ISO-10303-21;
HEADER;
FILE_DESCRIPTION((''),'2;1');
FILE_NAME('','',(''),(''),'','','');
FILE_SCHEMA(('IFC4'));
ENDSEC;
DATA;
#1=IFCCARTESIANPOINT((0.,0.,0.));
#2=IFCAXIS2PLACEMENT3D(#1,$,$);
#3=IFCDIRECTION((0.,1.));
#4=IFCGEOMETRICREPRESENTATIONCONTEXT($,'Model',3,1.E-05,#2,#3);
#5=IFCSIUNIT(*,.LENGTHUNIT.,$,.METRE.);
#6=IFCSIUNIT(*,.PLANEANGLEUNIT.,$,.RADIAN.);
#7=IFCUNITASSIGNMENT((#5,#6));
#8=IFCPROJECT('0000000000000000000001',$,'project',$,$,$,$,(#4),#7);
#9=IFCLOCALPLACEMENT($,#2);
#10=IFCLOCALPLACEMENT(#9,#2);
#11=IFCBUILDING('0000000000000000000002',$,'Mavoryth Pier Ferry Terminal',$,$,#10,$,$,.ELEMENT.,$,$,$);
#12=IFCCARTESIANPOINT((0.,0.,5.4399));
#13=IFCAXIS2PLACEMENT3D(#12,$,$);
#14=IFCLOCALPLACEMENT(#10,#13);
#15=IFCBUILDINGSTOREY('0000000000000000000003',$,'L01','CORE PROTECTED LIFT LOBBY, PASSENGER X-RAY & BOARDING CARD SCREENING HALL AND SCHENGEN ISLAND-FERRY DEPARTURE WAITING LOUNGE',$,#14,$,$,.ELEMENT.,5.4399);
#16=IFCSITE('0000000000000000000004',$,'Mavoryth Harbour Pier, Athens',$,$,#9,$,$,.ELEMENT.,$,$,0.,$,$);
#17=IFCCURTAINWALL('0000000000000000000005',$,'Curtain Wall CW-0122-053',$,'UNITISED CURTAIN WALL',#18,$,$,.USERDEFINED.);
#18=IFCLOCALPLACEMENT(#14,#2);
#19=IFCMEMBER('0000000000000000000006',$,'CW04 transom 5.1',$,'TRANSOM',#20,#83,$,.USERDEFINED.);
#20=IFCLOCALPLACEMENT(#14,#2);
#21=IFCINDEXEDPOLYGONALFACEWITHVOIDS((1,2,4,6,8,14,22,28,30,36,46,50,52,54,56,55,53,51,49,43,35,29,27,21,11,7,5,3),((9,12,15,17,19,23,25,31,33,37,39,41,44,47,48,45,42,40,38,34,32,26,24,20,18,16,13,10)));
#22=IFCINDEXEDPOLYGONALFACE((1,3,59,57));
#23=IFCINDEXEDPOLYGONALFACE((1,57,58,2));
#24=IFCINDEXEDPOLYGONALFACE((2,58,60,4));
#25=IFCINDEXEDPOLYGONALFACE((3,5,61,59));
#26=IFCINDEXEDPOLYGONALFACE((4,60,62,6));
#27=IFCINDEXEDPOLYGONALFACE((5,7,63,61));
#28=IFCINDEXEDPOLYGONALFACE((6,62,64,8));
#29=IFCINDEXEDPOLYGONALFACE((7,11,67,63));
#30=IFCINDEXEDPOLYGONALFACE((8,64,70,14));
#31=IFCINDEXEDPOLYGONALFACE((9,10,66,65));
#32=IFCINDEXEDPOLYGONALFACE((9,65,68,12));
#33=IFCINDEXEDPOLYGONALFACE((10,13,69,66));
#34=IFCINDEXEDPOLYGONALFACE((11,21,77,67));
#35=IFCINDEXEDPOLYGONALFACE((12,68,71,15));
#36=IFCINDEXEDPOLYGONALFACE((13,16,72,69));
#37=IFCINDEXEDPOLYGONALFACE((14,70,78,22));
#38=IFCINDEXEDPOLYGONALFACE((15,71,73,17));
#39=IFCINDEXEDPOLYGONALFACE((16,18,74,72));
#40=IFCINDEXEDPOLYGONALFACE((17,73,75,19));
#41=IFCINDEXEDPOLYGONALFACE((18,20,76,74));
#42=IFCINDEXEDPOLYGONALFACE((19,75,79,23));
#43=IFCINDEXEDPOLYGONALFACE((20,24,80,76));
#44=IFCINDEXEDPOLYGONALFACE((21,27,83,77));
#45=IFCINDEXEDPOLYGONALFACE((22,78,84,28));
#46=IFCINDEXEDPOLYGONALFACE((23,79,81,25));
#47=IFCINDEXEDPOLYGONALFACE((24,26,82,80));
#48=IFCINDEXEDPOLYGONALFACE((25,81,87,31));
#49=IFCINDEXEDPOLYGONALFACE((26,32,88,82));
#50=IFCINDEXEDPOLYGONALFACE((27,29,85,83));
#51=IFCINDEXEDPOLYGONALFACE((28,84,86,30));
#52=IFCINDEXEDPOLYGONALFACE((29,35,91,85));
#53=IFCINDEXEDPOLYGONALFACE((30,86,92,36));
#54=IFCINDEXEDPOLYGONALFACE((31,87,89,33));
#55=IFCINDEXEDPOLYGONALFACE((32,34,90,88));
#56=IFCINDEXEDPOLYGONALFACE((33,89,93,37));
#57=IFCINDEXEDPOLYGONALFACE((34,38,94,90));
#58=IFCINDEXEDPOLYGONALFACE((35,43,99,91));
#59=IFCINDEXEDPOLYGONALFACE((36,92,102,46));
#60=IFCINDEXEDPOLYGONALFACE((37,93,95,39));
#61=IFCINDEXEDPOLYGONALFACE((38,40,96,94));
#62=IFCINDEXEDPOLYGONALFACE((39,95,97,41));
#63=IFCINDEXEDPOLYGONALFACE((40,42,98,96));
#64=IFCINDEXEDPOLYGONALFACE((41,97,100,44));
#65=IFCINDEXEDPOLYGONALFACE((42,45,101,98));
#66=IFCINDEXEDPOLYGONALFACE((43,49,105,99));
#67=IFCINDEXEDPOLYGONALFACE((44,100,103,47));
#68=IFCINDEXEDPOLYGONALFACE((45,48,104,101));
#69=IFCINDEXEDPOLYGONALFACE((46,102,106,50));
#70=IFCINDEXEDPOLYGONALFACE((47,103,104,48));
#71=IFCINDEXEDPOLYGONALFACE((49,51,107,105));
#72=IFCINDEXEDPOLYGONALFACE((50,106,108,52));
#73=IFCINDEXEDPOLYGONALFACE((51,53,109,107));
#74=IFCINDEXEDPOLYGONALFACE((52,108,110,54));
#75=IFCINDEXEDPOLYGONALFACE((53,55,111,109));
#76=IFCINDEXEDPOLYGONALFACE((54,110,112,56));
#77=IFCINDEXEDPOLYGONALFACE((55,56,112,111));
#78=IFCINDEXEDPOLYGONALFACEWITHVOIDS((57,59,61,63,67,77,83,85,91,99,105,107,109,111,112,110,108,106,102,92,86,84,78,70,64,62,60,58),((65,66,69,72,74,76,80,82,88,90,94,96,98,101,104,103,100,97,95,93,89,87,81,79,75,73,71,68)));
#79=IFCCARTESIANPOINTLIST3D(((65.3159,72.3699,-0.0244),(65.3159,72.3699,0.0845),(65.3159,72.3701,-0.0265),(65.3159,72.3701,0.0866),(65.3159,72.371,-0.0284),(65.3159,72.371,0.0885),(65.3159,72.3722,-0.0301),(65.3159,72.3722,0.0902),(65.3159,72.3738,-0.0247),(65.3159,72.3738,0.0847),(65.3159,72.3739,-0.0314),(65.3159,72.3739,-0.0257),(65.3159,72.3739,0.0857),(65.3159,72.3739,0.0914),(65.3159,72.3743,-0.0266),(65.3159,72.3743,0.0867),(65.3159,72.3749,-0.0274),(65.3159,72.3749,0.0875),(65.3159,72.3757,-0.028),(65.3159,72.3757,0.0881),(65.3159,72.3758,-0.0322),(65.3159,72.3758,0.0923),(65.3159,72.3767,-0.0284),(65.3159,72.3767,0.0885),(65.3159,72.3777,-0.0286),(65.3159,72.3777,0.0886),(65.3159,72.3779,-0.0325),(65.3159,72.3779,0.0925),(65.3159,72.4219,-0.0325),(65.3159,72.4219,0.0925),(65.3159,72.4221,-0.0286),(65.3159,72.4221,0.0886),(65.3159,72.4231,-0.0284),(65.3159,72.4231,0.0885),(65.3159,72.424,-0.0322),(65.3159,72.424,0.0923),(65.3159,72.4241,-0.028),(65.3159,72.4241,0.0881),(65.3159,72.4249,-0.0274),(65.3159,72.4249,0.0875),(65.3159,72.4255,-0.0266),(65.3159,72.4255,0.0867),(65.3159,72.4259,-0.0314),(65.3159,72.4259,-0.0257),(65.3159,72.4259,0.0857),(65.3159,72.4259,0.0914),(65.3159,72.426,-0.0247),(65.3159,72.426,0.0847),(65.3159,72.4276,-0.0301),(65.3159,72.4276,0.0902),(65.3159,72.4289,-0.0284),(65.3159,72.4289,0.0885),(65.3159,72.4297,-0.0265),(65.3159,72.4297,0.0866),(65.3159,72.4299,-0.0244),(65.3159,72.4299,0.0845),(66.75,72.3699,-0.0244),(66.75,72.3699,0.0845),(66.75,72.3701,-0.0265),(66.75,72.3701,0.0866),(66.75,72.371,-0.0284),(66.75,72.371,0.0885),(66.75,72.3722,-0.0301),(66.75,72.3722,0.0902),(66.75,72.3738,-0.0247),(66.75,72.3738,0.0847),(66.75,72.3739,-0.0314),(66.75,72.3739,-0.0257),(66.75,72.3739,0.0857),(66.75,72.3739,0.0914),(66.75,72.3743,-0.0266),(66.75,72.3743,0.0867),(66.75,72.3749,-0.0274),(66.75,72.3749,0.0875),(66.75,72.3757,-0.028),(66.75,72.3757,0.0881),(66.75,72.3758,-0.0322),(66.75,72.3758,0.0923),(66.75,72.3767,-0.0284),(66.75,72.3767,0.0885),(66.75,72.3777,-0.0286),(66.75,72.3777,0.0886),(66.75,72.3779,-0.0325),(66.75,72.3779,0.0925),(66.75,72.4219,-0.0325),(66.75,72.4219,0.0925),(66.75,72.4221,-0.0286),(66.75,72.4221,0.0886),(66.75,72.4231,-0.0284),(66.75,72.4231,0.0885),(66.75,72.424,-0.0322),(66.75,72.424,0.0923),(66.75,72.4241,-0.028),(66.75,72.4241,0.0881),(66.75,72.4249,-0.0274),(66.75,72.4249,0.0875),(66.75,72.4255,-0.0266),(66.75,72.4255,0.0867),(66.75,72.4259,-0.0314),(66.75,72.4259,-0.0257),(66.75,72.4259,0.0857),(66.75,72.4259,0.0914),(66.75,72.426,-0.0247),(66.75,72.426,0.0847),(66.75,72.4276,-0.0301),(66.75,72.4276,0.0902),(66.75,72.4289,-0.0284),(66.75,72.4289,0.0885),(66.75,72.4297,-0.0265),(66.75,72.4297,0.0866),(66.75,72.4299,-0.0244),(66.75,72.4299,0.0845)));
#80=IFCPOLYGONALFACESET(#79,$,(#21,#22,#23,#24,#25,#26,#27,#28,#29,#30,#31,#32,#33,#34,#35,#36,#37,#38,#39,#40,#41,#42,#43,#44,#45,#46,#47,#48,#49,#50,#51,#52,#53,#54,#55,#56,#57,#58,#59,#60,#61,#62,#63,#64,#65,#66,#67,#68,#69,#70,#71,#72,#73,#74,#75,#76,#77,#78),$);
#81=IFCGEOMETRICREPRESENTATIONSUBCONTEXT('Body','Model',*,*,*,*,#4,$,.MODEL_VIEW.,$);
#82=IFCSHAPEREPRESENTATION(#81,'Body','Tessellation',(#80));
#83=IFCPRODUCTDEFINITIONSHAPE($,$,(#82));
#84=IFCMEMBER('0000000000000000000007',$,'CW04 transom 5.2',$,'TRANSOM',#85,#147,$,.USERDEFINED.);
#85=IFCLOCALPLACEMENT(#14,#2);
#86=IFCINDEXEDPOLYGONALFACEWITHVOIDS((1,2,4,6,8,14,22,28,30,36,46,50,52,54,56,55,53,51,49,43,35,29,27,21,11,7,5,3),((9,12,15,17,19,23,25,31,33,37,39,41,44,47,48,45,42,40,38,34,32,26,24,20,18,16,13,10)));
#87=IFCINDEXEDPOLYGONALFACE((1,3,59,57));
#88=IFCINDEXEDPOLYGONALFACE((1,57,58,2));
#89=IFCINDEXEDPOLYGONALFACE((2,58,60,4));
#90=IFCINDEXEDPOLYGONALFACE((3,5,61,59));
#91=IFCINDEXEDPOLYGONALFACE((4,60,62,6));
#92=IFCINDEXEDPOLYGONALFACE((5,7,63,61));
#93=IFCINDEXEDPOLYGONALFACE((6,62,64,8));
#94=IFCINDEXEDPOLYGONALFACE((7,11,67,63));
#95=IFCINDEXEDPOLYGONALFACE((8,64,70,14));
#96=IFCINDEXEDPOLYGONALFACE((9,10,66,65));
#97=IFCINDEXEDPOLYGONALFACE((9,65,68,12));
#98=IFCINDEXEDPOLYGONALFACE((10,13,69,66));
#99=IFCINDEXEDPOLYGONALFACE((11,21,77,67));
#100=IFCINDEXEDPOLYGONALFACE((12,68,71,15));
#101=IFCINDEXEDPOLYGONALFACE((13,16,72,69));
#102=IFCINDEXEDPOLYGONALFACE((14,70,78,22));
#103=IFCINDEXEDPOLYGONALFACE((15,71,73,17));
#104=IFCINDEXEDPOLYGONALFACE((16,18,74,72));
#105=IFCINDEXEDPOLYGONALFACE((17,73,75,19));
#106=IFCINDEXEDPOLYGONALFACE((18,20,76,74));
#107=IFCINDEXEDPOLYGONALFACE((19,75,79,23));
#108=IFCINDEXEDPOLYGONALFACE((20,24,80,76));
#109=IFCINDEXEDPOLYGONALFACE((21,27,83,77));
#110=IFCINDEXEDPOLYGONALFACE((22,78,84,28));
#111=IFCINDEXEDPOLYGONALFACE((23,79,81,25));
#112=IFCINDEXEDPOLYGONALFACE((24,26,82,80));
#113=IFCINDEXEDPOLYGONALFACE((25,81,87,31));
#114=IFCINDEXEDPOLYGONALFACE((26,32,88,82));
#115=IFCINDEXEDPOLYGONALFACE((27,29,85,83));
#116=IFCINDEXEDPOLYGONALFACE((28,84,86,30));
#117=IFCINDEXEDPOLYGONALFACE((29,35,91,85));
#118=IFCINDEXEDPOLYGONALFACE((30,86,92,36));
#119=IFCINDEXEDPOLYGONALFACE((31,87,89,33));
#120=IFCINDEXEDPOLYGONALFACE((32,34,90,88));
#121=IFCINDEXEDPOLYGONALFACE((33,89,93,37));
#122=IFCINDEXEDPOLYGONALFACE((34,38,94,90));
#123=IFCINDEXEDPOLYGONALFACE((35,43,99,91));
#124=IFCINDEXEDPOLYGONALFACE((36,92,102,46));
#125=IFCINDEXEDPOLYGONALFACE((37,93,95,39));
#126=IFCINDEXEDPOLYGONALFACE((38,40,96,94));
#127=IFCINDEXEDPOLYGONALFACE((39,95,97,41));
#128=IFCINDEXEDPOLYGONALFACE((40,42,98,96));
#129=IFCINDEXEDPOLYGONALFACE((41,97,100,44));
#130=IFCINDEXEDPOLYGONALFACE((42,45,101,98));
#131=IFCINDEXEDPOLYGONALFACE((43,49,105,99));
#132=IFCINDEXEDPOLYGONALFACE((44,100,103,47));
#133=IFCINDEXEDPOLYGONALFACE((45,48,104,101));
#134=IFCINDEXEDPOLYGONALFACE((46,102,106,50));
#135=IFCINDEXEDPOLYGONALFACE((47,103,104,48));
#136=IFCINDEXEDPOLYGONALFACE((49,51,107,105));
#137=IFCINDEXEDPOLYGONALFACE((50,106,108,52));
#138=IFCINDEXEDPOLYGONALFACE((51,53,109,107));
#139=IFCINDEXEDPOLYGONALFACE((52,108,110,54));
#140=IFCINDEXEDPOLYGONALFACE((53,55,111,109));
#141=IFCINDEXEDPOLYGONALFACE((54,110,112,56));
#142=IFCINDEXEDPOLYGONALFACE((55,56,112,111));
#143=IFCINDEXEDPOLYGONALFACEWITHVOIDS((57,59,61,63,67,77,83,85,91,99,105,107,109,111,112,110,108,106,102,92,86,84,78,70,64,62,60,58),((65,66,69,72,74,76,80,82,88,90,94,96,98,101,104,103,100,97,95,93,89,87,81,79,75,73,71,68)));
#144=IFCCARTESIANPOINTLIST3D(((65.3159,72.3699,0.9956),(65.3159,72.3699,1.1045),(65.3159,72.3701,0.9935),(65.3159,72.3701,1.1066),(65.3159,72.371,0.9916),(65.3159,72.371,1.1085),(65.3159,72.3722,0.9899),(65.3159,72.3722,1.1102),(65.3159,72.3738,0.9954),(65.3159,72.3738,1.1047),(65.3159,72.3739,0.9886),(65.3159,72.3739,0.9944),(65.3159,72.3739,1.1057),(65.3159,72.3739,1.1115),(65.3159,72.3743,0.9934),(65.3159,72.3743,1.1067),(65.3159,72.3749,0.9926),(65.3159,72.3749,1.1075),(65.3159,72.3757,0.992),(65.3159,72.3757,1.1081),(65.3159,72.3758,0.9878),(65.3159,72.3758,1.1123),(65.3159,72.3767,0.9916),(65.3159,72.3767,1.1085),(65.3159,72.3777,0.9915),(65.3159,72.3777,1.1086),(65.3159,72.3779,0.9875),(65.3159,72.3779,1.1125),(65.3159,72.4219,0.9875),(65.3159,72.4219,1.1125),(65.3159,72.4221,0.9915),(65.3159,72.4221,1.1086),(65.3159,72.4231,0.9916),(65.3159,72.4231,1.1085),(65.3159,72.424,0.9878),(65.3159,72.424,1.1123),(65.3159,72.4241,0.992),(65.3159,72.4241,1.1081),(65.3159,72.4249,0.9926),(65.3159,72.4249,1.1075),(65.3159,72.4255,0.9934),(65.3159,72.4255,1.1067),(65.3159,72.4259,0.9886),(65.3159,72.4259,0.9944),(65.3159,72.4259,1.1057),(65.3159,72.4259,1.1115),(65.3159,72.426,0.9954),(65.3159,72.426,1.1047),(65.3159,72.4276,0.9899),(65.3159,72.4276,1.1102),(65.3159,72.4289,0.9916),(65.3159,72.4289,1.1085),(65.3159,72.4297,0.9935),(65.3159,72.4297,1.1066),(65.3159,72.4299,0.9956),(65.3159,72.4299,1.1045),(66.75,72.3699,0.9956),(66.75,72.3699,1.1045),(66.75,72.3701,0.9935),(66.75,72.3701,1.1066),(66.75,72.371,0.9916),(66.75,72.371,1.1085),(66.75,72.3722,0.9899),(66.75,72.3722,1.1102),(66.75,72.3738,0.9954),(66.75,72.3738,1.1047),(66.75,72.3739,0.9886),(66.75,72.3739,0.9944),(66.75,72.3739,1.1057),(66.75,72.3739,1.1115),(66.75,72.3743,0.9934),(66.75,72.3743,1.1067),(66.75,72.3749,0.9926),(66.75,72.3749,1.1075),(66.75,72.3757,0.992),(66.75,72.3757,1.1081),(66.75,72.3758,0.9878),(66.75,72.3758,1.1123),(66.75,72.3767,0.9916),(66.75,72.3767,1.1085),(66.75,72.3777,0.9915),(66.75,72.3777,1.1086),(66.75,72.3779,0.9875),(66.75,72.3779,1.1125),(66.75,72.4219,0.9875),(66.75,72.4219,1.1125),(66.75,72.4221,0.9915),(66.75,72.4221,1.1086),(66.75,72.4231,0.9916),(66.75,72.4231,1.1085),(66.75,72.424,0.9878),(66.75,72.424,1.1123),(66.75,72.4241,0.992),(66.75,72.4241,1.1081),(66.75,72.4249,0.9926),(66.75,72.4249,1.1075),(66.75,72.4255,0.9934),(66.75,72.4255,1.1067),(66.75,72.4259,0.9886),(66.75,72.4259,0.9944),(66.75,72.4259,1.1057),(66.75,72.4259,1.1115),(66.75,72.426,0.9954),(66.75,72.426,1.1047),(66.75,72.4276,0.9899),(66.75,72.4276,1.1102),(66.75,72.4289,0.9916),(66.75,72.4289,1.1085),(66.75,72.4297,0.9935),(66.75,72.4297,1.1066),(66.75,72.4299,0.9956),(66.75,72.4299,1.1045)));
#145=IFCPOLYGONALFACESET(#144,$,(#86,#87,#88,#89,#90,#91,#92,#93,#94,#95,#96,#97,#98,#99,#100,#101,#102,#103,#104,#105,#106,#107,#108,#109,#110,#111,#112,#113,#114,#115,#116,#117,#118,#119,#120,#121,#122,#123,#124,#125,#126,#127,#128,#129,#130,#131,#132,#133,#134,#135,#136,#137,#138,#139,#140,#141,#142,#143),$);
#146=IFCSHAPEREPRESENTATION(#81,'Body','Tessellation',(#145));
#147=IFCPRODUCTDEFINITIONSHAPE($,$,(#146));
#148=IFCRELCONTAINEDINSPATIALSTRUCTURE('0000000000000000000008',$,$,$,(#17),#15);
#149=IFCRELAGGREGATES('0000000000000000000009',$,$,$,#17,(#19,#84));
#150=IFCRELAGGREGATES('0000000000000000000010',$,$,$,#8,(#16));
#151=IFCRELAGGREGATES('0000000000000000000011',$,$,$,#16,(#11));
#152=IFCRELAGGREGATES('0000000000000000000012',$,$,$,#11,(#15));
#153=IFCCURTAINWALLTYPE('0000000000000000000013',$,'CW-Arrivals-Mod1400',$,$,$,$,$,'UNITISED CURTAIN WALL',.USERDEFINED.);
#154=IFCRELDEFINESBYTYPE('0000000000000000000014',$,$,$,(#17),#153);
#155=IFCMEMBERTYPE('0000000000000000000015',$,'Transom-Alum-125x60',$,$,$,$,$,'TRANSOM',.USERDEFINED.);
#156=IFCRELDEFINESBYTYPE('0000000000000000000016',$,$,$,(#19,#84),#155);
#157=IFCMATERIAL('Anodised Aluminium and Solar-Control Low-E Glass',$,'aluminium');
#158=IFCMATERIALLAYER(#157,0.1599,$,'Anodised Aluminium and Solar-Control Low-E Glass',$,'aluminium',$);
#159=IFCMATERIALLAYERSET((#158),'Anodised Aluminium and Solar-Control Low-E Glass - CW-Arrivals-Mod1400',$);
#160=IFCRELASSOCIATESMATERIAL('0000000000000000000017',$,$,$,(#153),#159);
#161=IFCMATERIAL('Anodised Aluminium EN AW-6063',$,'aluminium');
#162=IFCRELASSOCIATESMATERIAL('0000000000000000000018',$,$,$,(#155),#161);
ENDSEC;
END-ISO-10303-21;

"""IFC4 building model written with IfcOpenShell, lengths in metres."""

from ifc_helpers import new_model, si_unit, direction, frame, origin, origin_2d, place, context, subcontext, project, spatial, hollow_rectangle, extrude, material, layer, layer_set, material_profile, profile_set, type_object, element, aggregate, save


model = new_model("IFC4")

# Units and contexts
model_context = context("Model", 3, precision=1e-05, world=origin(), true_north=direction((0.0, 1.0)))
body_context = subcontext(model_context, "Body", "Model", "MODEL_VIEW")
ifc_project = project(units=[si_unit("LENGTHUNIT", "METRE"), si_unit("PLANEANGLEUNIT", "RADIAN")], contexts=[model_context])

# Site, building, storey
site_placement = place(None, origin())
site = spatial("IfcSite", under=ifc_project, at=site_placement, Name="Mavoryth Harbour Pier, Athens", CompositionType="ELEMENT", RefElevation=0.0)
building_placement = place(site_placement, origin())
building = spatial("IfcBuilding", under=site, at=building_placement, Name="Mavoryth Pier Ferry Terminal", CompositionType="ELEMENT")
storey_placement = place(building_placement, frame((0.0, 0.0, 5.4399)))
storey = spatial("IfcBuildingStorey", under=building, at=storey_placement, Name="L01", Description="CORE PROTECTED LIFT LOBBY, PASSENGER X-RAY & BOARDING CARD SCREENING HALL AND SCHENGEN ISLAND-FERRY DEPARTURE WAITING LOUNGE", CompositionType="ELEMENT", Elevation=5.4399)

# Curtain wall
ifc_material_1 = material(Name="Anodised Aluminium and Solar-Control Low-E Glass", Category="aluminium")
ifc_layer_1 = layer(ifc_material_1, 0.1599, Name="Anodised Aluminium and Solar-Control Low-E Glass", Category="aluminium")
ifc_layer_set_1 = layer_set([ifc_layer_1], Name="Anodised Aluminium and Solar-Control Low-E Glass - CW-Arrivals-Mod1400")
curtain_wall_type_1 = type_object("IfcCurtainWallType", Name="CW-Arrivals-Mod1400", ElementType="UNITISED CURTAIN WALL", PredefinedType="USERDEFINED", material=ifc_layer_set_1)
curtain_wall_1_placement = place(storey_placement, origin())
curtain_wall_1 = element("IfcCurtainWall", 1, at=curtain_wall_1_placement, inside=storey, type_object=curtain_wall_type_1, Name="Curtain Wall CW-0122-053", ObjectType="UNITISED CURTAIN WALL", PredefinedType="USERDEFINED")
ifc_material_2 = material(Name="Anodised Aluminium EN AW-6063", Category="aluminium")

# Members
ifc_material_profile_1 = material_profile(ifc_material_2, hollow_rectangle(XDim=0.0601, YDim=0.125, WallThickness=0.0039, InnerFilletRadius=0.0039, OuterFilletRadius=0.0081, at=origin_2d()), Name="AL-TRAN 125x60x4", Category="aluminium")
ifc_profile_set_1 = profile_set([ifc_material_profile_1], Name="Anodised Aluminium EN AW-6063 - AL-TRAN 125x60x4")
member_type_1 = type_object("IfcMemberType", Name="Transom-Alum-125x60", ElementType="TRANSOM", PredefinedType="USERDEFINED", material=ifc_profile_set_1)
member_1_placement = place(storey_placement, frame((65.3159, 72.3999, 0.03), z_axis=(1.0, 0.0, 0.0), x_axis=(0.0, 1.0, 0.0)))
member_1 = element("IfcMember", 2, at=member_1_placement, type_object=member_type_1, Name="CW04 transom 5.1", ObjectType="TRANSOM", PredefinedType="USERDEFINED", context=body_context, shape_type="SweptSolid", body=[
    extrude(hollow_rectangle(XDim=0.0601, YDim=0.125, WallThickness=0.0039, InnerFilletRadius=0.0039, OuterFilletRadius=0.0081, at=origin_2d()), origin(), (0.0, 0.0, 1.0), 1.4341),
])
member_2_placement = place(storey_placement, frame((65.3159, 72.3999, 1.05), z_axis=(1.0, 0.0, 0.0), x_axis=(0.0, 1.0, 0.0)))
member_2 = element("IfcMember", 3, at=member_2_placement, type_object=member_type_1, Name="CW04 transom 5.2", ObjectType="TRANSOM", PredefinedType="USERDEFINED", context=body_context, shape_type="SweptSolid", body=[
    extrude(hollow_rectangle(XDim=0.0601, YDim=0.125, WallThickness=0.0039, InnerFilletRadius=0.0039, OuterFilletRadius=0.0081, at=origin_2d()), origin(), (0.0, 0.0, 1.0), 1.4341),
])

aggregate(curtain_wall_1, [member_1, member_2])

save(model, "model.ifc")
